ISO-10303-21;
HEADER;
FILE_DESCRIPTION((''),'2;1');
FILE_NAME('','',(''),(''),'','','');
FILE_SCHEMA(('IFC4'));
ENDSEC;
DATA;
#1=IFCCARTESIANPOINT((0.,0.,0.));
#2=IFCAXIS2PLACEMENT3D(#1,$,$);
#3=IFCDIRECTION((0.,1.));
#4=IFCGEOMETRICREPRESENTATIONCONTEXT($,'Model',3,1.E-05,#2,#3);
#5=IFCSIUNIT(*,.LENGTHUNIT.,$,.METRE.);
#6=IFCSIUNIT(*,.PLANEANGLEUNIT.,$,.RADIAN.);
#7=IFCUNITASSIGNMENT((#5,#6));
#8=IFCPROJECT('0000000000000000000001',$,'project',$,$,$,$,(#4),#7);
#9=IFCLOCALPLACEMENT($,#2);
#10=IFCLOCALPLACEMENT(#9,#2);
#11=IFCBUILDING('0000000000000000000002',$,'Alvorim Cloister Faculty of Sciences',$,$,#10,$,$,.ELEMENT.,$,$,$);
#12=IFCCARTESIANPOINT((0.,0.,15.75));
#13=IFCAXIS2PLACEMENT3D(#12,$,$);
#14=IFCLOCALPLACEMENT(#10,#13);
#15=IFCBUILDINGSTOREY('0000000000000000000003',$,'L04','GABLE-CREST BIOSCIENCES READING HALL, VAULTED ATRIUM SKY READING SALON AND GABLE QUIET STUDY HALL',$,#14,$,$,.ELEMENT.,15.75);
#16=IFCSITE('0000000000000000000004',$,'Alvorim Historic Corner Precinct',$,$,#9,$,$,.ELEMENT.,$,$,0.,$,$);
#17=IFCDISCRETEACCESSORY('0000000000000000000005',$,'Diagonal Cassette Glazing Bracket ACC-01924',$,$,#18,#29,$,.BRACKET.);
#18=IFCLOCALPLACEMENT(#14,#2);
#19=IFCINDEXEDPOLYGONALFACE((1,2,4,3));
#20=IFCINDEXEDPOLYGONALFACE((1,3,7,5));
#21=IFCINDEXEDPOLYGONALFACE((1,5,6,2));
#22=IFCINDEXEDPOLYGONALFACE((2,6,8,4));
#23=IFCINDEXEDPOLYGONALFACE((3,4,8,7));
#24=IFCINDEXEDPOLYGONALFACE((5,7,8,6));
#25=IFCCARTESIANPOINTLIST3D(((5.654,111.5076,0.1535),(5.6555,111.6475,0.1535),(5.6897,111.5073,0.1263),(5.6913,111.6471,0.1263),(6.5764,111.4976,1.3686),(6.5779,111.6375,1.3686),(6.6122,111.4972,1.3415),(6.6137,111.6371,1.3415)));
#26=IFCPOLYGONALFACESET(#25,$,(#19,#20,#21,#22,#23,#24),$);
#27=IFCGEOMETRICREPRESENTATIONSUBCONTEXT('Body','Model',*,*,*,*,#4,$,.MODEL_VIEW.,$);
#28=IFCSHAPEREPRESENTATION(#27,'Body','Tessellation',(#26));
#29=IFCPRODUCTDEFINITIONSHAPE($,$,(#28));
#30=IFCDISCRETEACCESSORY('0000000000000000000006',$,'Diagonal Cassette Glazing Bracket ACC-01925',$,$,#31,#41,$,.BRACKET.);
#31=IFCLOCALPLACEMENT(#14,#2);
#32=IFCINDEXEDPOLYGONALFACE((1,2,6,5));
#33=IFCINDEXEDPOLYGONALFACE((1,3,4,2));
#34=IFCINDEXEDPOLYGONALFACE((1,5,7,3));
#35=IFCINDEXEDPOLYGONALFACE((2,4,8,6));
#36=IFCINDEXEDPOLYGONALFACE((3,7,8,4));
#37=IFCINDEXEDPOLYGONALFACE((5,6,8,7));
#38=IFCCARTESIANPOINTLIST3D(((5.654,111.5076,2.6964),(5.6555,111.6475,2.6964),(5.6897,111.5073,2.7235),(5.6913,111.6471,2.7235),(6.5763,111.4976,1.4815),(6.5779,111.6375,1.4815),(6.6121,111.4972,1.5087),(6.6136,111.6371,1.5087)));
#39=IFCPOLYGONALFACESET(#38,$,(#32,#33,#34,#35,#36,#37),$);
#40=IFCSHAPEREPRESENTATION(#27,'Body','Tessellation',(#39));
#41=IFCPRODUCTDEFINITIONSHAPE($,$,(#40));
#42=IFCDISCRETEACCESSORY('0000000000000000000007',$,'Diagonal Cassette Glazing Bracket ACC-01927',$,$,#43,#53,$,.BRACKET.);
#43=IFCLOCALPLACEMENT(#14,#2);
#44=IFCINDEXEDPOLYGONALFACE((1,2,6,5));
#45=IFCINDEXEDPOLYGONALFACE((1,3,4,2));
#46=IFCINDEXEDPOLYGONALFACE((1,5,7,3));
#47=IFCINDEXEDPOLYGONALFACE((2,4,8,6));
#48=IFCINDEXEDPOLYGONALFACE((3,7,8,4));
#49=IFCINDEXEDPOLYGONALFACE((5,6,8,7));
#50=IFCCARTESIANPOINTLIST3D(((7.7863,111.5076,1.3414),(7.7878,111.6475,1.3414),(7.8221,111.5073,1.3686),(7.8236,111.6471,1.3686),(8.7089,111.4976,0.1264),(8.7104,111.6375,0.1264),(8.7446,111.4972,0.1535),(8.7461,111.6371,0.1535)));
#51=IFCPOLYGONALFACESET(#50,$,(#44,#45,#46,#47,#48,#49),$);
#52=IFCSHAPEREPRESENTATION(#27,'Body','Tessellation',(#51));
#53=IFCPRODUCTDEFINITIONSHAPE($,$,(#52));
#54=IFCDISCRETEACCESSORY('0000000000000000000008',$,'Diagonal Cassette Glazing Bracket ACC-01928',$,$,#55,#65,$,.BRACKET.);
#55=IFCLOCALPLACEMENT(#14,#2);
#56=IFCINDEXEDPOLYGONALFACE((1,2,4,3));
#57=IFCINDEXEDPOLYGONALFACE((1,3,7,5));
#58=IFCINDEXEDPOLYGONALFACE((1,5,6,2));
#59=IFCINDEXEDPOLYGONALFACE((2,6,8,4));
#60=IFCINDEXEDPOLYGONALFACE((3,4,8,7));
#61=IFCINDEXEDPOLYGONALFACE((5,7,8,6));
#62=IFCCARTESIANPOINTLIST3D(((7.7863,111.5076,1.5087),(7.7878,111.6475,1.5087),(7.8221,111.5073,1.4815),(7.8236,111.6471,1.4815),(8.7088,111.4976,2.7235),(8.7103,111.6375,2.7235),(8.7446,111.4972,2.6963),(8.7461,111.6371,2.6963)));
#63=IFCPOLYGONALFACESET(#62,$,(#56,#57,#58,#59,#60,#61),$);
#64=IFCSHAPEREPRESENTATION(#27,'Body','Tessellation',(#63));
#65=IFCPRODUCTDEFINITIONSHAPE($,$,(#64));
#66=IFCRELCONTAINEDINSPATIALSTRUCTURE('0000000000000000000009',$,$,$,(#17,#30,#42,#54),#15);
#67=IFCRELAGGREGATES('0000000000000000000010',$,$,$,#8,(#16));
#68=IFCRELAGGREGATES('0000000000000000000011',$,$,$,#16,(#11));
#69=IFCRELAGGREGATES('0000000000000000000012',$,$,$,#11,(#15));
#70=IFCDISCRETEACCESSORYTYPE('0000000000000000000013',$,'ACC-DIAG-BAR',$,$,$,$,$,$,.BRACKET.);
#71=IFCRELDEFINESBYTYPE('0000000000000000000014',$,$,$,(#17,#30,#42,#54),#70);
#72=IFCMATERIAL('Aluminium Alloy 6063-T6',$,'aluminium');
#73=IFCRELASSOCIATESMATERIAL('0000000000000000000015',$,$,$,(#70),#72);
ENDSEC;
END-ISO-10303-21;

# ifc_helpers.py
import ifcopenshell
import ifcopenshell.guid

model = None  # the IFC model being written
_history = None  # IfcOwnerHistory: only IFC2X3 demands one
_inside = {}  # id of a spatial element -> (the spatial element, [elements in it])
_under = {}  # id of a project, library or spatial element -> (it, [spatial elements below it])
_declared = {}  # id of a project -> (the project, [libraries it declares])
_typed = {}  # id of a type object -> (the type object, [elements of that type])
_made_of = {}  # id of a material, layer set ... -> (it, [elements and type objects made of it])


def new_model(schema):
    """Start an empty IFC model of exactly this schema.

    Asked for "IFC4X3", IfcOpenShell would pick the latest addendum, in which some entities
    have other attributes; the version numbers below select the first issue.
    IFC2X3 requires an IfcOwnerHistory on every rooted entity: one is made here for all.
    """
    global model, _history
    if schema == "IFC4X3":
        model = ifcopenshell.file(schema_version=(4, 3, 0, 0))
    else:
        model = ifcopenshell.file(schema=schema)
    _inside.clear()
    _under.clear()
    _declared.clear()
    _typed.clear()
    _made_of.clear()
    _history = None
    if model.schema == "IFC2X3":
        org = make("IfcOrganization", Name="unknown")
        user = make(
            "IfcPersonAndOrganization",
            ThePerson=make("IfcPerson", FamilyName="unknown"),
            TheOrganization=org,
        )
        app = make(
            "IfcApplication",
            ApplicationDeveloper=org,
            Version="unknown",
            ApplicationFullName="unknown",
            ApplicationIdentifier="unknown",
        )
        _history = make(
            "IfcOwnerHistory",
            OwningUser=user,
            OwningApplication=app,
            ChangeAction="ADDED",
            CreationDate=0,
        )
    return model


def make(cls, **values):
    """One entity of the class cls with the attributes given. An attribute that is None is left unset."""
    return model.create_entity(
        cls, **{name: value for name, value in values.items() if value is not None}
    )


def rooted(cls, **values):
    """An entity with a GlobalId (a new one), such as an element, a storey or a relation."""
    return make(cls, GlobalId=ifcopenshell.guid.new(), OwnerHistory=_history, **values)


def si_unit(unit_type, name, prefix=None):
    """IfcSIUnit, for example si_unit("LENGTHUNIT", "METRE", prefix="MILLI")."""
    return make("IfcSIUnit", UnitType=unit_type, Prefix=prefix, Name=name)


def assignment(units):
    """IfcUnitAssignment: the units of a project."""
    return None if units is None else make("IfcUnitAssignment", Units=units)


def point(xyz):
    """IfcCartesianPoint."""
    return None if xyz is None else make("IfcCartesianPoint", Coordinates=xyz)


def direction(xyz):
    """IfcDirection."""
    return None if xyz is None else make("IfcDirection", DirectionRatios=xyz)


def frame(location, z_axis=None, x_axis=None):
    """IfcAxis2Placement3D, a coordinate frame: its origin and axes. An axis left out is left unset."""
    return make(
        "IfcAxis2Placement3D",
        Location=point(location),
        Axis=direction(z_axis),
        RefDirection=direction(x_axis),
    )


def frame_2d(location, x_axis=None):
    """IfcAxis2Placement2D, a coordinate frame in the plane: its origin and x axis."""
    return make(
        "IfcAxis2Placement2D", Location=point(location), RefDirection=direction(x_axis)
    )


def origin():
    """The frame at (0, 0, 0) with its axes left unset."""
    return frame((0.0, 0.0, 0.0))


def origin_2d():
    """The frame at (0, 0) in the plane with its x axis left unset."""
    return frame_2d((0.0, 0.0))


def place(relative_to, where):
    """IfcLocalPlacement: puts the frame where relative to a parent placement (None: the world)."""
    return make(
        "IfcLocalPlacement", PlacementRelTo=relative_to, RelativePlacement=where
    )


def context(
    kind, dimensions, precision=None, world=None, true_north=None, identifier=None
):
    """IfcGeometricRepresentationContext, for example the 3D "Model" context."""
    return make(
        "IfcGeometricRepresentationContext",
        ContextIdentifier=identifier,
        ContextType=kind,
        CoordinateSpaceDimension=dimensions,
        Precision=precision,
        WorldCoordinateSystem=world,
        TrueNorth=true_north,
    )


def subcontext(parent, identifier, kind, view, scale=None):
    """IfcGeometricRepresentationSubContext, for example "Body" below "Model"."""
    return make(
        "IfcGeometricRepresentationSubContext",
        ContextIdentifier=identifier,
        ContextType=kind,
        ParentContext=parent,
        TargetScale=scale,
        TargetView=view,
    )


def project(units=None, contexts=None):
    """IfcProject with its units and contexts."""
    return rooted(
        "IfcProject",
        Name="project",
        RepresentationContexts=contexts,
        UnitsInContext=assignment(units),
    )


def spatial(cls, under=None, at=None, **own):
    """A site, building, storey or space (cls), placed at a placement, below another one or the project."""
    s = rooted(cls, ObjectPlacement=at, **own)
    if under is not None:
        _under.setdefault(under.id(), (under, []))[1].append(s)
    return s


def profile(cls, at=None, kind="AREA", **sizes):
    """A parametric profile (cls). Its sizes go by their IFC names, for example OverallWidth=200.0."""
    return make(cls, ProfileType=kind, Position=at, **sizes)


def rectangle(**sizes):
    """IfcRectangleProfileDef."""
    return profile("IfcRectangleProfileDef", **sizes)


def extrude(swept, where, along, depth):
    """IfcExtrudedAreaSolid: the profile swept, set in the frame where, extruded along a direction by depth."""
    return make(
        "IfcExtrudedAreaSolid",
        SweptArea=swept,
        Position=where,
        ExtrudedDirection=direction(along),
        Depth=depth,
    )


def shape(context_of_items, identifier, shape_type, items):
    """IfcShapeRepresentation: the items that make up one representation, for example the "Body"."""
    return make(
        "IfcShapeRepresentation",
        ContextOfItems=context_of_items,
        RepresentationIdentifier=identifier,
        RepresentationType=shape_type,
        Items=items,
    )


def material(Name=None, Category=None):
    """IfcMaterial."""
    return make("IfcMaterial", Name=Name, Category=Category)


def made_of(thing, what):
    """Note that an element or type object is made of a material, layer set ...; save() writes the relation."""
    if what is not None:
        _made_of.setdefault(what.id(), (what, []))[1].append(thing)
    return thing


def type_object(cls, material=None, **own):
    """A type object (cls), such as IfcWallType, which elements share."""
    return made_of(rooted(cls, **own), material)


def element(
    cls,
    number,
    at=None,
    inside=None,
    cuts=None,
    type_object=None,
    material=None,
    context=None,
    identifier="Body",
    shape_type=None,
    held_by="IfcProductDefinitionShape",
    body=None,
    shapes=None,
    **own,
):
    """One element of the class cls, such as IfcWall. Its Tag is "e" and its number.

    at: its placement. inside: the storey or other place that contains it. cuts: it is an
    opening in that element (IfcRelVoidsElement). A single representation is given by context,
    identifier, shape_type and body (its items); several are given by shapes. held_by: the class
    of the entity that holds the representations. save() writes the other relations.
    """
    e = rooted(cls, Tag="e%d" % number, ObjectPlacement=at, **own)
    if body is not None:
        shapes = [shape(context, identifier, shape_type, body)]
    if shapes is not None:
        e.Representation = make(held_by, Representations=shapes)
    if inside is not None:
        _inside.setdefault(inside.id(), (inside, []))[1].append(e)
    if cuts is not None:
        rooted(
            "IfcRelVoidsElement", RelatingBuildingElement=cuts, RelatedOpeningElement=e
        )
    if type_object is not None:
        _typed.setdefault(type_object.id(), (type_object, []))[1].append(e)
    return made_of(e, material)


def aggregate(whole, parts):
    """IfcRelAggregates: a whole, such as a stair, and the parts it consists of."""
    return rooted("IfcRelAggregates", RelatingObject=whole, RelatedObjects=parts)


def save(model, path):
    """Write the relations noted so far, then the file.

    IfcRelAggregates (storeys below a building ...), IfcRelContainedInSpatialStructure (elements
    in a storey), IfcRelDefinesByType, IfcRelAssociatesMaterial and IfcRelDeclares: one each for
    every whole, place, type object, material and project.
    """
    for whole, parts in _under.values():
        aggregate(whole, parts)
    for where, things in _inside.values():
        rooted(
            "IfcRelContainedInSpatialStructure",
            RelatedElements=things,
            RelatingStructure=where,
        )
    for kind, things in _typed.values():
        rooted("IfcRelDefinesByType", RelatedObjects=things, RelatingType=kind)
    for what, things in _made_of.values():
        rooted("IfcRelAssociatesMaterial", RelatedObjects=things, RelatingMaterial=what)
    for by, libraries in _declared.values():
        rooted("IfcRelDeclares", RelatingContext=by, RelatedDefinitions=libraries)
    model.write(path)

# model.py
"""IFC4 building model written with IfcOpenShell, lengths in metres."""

from ifc_helpers import new_model, si_unit, direction, frame, origin, origin_2d, place, context, subcontext, project, spatial, rectangle, extrude, material, type_object, element, save


model = new_model("IFC4")

# Units and contexts
model_context = context("Model", 3, precision=1e-05, world=origin(), true_north=direction((0.0, 1.0)))
body_context = subcontext(model_context, "Body", "Model", "MODEL_VIEW")
ifc_project = project(units=[si_unit("LENGTHUNIT", "METRE"), si_unit("PLANEANGLEUNIT", "RADIAN")], contexts=[model_context])

# Site, building, storey
site_placement = place(None, origin())
site = spatial("IfcSite", under=ifc_project, at=site_placement, Name="Alvorim Historic Corner Precinct", CompositionType="ELEMENT", RefElevation=0.0)
building_placement = place(site_placement, origin())
building = spatial("IfcBuilding", under=site, at=building_placement, Name="Alvorim Cloister Faculty of Sciences", CompositionType="ELEMENT")
storey_placement = place(building_placement, frame((0.0, 0.0, 15.75)))
storey = spatial("IfcBuildingStorey", under=building, at=storey_placement, Name="L04", Description="GABLE-CREST BIOSCIENCES READING HALL, VAULTED ATRIUM SKY READING SALON AND GABLE QUIET STUDY HALL", CompositionType="ELEMENT", Elevation=15.75)

# Shared definitions
ifc_material_1 = material(Name="Aluminium Alloy 6063-T6", Category="aluminium")

# Discrete accessories
discrete_accessory_type = type_object("IfcDiscreteAccessoryType", Name="ACC-DIAG-BAR", PredefinedType="BRACKET", material=ifc_material_1)
discrete_accessory_1_placement = place(storey_placement, frame((5.6726, 111.5774, 0.1399), z_axis=(0.604612, -0.006561, 0.796493), x_axis=(0.010852, 0.999941, 0.0)))
element("IfcDiscreteAccessory", 1, at=discrete_accessory_1_placement, inside=storey, type_object=discrete_accessory_type, Name="Diagonal Cassette Glazing Bracket ACC-01924", PredefinedType="BRACKET", context=body_context, shape_type="SweptSolid", body=[
    extrude(rectangle(XDim=0.1399, YDim=0.0449, at=origin_2d()), origin(), (0.0, 0.0, 1.0), 1.5256),
])
discrete_accessory_2_placement = place(storey_placement, frame((5.6726, 111.5774, 2.71), z_axis=(0.604689, -0.006562, -0.796435), x_axis=(0.010852, 0.999941, 0.0)))
element("IfcDiscreteAccessory", 2, at=discrete_accessory_2_placement, inside=storey, type_object=discrete_accessory_type, Name="Diagonal Cassette Glazing Bracket ACC-01925", PredefinedType="BRACKET", context=body_context, shape_type="SweptSolid", body=[
    extrude(rectangle(XDim=0.1399, YDim=0.0449, at=origin_2d()), origin(), (0.0, 0.0, 1.0), 1.5254),
])
discrete_accessory_3_placement = place(storey_placement, frame((7.8049, 111.5774, 1.355), z_axis=(0.604713, -0.006561, -0.796416), x_axis=(0.010849, 0.999941, 0.0)))
element("IfcDiscreteAccessory", 3, at=discrete_accessory_3_placement, inside=storey, type_object=discrete_accessory_type, Name="Diagonal Cassette Glazing Bracket ACC-01927", PredefinedType="BRACKET", context=body_context, shape_type="SweptSolid", body=[
    extrude(rectangle(XDim=0.1399, YDim=0.0449, at=origin_2d()), origin(), (0.0, 0.0, 1.0), 1.5256),
])
discrete_accessory_4_placement = place(storey_placement, frame((7.8049, 111.5774, 1.4951), z_axis=(0.60479, -0.006562, 0.796358), x_axis=(0.010849, 0.999941, 0.0)))
element("IfcDiscreteAccessory", 4, at=discrete_accessory_4_placement, inside=storey, type_object=discrete_accessory_type, Name="Diagonal Cassette Glazing Bracket ACC-01928", PredefinedType="BRACKET", context=body_context, shape_type="SweptSolid", body=[
    extrude(rectangle(XDim=0.1399, YDim=0.0449, at=origin_2d()), origin(), (0.0, 0.0, 1.0), 1.5254),
])

save(model, "model.ifc")
